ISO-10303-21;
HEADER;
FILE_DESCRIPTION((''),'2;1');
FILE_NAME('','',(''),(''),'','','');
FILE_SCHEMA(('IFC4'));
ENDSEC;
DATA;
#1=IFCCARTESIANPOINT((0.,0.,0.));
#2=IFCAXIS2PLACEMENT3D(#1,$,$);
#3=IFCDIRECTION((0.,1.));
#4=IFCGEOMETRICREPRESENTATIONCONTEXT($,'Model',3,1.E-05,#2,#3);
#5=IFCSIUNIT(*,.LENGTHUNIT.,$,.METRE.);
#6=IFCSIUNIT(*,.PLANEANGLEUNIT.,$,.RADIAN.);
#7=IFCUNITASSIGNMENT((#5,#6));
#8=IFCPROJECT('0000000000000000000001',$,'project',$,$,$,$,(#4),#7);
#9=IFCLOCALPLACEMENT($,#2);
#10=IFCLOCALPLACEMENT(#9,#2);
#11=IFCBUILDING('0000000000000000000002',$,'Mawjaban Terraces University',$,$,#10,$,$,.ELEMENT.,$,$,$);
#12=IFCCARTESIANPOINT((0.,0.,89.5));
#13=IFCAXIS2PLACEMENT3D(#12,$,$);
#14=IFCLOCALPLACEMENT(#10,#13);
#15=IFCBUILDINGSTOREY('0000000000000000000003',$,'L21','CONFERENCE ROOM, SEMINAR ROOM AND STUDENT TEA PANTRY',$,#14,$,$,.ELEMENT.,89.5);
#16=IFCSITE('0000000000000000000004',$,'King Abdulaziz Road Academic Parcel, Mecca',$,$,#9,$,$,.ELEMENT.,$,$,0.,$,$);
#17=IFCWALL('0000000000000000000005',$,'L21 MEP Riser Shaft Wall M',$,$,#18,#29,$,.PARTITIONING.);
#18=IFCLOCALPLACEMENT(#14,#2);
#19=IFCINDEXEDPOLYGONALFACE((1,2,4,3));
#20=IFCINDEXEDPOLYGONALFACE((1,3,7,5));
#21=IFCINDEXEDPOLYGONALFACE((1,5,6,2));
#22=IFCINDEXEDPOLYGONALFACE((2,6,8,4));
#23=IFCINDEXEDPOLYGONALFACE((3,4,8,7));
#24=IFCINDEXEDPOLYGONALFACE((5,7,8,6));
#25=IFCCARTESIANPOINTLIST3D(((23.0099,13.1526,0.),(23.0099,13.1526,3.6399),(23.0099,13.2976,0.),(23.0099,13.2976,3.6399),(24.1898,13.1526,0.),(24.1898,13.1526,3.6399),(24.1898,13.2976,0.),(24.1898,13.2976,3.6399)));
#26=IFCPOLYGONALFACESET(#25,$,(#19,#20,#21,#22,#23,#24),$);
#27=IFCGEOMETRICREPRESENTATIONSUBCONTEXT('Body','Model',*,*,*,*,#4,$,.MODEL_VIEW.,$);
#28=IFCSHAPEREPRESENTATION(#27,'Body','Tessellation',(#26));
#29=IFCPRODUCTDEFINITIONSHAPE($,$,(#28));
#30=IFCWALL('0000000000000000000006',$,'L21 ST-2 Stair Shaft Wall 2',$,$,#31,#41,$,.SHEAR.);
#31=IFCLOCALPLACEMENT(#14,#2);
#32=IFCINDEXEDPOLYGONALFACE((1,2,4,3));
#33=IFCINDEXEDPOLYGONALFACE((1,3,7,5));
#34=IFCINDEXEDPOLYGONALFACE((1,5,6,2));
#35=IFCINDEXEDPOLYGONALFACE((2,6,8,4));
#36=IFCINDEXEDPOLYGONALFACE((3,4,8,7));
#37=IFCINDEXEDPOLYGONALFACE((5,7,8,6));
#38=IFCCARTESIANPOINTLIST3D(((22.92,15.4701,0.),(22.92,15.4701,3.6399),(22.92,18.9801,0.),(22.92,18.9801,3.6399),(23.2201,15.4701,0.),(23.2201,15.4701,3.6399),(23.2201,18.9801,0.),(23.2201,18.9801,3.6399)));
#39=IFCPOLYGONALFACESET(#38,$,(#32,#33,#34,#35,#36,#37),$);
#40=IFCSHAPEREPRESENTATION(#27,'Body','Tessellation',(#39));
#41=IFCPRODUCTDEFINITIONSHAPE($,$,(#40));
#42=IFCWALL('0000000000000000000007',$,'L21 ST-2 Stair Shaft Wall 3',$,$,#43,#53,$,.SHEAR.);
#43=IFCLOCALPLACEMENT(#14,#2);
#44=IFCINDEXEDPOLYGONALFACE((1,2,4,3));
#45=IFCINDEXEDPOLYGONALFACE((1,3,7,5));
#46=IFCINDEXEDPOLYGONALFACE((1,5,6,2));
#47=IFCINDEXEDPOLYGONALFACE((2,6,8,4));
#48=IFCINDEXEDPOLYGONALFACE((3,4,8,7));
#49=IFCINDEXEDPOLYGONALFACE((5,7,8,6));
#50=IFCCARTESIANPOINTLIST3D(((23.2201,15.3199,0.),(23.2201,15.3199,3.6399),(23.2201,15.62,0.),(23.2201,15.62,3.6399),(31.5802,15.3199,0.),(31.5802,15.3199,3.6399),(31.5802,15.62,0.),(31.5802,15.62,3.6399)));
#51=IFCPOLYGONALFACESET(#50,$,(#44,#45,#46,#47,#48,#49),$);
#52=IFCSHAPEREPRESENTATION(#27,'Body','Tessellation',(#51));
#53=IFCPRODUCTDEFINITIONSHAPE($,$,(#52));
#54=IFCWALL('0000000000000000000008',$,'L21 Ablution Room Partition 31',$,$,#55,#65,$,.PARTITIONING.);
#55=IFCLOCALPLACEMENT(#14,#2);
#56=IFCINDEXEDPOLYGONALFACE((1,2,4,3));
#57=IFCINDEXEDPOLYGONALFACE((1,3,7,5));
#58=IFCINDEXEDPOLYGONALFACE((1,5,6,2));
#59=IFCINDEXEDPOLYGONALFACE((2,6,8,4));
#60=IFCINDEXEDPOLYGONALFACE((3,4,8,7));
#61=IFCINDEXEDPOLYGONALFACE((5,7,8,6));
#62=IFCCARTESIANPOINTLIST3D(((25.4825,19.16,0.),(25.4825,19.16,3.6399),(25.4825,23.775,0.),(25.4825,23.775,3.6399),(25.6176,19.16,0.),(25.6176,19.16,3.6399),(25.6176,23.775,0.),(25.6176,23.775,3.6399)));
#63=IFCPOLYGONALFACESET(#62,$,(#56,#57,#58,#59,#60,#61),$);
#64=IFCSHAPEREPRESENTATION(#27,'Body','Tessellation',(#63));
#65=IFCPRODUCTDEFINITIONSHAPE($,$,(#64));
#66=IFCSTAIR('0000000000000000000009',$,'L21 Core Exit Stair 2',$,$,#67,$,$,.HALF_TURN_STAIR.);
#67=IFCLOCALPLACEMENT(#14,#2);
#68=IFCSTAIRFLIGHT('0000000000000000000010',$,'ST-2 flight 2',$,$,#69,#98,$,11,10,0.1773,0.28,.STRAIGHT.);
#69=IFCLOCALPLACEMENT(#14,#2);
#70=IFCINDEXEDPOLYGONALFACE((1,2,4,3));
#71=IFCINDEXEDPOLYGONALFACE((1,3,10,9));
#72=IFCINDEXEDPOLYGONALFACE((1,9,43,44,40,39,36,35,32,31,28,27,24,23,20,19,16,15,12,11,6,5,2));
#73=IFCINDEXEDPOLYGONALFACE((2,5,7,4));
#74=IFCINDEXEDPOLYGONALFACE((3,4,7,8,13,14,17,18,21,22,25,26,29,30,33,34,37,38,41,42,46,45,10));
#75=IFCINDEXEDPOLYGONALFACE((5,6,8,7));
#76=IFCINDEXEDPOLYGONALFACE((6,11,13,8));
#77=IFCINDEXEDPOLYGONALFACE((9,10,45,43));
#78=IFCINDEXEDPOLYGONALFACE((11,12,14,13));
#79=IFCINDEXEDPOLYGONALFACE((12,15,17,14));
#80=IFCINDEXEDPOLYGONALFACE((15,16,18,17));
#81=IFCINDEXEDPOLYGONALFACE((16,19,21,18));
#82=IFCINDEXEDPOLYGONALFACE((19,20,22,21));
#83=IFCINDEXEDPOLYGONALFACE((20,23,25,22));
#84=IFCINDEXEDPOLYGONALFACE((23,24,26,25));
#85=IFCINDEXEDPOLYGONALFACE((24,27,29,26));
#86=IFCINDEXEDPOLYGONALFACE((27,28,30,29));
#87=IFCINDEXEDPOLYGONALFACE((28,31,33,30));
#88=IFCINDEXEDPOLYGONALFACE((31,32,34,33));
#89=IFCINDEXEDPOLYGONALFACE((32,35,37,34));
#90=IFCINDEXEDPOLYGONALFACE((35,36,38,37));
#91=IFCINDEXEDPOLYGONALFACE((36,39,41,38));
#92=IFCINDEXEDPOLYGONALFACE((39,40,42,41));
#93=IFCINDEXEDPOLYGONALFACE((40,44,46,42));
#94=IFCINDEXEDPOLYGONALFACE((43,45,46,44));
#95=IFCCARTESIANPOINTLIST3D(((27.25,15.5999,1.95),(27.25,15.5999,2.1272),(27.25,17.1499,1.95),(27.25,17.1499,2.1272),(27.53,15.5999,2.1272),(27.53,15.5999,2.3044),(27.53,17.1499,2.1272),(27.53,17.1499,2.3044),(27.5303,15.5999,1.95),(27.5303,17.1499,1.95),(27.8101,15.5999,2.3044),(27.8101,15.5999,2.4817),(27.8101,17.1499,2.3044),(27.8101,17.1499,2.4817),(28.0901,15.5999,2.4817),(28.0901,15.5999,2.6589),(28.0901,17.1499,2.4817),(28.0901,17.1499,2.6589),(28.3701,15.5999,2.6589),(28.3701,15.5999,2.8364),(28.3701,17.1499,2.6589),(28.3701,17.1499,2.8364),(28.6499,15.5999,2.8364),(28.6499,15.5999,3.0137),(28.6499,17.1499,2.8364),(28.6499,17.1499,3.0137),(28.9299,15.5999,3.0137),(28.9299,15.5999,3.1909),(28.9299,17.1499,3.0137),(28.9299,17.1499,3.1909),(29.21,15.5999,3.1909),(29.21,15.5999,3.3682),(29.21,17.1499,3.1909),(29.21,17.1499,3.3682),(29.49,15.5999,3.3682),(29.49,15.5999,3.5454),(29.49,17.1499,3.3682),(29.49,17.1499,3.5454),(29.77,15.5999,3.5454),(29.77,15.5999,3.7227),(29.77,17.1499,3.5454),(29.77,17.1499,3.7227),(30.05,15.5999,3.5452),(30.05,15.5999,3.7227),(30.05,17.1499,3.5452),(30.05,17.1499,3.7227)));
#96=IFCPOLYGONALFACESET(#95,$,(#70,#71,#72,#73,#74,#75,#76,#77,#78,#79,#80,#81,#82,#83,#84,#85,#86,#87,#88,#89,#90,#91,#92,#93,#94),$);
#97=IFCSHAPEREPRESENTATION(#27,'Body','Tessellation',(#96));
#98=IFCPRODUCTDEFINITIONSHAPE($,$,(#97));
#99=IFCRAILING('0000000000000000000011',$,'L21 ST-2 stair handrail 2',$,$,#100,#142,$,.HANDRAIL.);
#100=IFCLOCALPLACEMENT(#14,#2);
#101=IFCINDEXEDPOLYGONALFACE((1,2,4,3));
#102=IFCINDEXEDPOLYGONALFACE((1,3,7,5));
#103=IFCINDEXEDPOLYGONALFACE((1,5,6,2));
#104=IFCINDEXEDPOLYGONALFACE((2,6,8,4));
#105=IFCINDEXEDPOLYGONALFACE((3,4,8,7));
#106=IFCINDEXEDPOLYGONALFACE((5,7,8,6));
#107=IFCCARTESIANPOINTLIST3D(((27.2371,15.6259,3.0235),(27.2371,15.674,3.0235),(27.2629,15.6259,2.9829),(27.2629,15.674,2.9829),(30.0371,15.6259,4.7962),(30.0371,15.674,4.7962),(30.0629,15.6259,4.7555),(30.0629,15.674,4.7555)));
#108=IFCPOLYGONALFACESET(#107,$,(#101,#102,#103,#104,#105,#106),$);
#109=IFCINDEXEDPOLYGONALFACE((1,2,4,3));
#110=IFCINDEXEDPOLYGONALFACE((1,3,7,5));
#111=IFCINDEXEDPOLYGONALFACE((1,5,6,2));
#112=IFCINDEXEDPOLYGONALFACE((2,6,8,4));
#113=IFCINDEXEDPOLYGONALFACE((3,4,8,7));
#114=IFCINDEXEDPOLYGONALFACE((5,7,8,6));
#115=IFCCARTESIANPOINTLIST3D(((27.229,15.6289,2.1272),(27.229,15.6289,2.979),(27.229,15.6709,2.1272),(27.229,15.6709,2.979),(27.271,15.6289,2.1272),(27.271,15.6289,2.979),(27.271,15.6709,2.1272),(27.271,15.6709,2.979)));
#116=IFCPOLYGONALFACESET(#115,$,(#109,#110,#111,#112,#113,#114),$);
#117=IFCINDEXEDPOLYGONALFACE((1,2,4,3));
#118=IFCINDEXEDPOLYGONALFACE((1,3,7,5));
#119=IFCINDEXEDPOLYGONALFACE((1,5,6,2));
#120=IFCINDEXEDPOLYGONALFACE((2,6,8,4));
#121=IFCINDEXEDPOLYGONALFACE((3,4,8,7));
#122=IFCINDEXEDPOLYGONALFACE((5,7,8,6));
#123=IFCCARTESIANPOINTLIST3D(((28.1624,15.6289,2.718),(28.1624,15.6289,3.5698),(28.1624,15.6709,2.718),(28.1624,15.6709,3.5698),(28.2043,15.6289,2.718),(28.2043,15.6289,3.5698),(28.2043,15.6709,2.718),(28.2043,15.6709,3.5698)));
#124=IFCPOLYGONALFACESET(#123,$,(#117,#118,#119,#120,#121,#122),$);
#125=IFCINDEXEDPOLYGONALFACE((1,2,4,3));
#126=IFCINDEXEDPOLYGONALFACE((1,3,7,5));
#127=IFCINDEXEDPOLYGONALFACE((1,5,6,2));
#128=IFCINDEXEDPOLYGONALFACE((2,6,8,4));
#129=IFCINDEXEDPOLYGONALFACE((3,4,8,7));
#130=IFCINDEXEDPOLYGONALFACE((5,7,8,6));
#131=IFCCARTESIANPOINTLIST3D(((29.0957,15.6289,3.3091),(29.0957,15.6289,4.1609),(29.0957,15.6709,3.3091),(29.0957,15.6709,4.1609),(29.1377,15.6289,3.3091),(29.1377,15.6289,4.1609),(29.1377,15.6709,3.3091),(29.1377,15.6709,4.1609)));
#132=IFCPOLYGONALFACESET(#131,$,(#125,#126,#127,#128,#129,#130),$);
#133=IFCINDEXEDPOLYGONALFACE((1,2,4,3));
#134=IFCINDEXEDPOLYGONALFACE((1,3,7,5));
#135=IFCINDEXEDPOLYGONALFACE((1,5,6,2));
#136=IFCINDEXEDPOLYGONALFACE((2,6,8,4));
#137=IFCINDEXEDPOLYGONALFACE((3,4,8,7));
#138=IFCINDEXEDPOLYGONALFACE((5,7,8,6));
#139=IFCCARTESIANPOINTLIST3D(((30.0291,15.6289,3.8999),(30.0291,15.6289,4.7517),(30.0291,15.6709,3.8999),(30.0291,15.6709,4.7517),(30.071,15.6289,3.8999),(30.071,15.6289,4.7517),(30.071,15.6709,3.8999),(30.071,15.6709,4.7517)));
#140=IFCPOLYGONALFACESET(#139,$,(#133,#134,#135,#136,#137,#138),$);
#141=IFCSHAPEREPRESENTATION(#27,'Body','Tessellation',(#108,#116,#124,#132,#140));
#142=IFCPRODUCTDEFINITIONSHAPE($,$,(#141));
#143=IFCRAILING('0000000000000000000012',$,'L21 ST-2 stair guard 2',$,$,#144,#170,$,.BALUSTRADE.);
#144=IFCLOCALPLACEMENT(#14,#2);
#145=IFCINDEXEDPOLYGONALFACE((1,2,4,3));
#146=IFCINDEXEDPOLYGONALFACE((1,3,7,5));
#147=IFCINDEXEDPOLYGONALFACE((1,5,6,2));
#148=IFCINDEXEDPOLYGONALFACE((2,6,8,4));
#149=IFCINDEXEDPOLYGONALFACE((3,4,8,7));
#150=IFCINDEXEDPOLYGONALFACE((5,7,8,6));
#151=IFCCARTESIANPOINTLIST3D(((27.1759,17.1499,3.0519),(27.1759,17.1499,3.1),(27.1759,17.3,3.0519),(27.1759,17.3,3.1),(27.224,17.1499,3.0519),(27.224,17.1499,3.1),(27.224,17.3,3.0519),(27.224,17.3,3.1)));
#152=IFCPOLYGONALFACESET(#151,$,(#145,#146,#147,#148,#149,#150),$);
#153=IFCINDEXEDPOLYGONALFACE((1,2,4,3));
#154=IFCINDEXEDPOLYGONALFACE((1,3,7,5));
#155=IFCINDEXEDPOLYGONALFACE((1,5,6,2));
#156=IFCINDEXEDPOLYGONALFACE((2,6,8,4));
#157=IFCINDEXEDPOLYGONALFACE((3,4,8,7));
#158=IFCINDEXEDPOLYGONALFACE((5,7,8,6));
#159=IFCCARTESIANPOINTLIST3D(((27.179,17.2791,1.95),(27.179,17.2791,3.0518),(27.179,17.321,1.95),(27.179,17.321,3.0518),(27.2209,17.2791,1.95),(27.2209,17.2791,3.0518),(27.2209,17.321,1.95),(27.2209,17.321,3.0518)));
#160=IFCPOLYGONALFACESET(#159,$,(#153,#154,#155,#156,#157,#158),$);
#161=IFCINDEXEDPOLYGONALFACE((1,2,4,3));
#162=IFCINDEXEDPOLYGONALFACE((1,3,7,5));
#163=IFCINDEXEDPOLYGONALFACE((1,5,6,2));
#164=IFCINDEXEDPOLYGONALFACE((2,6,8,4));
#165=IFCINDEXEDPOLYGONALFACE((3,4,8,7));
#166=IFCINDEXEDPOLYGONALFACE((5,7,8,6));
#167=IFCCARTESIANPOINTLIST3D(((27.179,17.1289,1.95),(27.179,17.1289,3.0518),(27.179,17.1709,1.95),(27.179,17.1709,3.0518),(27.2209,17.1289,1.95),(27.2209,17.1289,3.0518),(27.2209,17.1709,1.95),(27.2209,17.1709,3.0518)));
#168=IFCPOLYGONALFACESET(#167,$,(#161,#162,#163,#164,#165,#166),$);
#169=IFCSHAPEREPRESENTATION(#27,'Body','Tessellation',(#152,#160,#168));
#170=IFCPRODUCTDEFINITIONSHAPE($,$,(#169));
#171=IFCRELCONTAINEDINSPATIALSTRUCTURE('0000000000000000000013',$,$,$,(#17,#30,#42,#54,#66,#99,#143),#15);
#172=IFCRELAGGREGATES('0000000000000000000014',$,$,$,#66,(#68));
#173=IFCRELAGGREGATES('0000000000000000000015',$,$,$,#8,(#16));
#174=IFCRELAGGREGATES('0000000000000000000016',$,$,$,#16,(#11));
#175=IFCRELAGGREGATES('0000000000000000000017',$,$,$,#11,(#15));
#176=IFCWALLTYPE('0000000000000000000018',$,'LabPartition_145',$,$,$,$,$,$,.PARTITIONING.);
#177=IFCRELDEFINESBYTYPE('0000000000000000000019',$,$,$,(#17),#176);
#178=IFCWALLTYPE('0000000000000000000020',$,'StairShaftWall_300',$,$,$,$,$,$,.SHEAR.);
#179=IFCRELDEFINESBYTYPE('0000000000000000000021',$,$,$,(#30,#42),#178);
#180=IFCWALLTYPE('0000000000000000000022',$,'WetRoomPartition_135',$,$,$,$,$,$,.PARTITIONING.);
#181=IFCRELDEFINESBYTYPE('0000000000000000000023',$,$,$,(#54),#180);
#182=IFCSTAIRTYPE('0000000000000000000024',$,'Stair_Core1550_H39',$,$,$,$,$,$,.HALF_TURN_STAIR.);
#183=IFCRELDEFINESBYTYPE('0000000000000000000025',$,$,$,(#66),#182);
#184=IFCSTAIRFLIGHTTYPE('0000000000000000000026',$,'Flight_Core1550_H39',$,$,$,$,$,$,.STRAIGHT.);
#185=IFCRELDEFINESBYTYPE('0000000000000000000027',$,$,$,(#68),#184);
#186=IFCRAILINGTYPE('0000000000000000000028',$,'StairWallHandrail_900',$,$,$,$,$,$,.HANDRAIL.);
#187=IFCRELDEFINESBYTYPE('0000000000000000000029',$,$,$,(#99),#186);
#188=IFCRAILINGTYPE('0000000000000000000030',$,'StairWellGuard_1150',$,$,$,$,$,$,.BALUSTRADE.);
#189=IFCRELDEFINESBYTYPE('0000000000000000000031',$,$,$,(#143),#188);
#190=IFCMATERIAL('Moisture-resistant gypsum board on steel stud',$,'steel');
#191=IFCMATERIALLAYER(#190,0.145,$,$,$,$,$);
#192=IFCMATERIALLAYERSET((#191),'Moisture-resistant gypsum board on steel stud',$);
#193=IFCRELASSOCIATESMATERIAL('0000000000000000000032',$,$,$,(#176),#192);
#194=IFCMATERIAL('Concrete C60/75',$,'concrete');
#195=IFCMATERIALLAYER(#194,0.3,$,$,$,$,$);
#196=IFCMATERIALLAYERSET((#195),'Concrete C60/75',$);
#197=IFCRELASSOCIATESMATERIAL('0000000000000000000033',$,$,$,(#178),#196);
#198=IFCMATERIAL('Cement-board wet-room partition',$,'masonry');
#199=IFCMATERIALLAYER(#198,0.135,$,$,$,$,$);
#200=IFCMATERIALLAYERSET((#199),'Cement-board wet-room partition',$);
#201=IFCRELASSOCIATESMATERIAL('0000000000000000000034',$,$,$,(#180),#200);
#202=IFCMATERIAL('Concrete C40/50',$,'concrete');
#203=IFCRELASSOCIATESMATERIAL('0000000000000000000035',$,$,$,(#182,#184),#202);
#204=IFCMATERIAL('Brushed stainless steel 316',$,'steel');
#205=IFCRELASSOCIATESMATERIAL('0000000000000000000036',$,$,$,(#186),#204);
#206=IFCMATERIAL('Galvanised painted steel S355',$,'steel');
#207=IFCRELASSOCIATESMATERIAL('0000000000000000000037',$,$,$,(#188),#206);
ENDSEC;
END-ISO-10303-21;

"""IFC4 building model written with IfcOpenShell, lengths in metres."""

from ifc_helpers import new_model, si_unit, direction, frame, frame_2d, origin, origin_2d, place, context, subcontext, project, spatial, polyline, rectangle, outline, extrude, material, layer, layer_set, type_object, element, aggregate, save


model = new_model("IFC4")

# Units and contexts
model_context = context("Model", 3, precision=1e-05, world=origin(), true_north=direction((0.0, 1.0)))
body_context = subcontext(model_context, "Body", "Model", "MODEL_VIEW")
ifc_project = project(units=[si_unit("LENGTHUNIT", "METRE"), si_unit("PLANEANGLEUNIT", "RADIAN")], contexts=[model_context])

# Site, building, storey
site_placement = place(None, origin())
site = spatial("IfcSite", under=ifc_project, at=site_placement, Name="King Abdulaziz Road Academic Parcel, Mecca", CompositionType="ELEMENT", RefElevation=0.0)
building_placement = place(site_placement, origin())
building = spatial("IfcBuilding", under=site, at=building_placement, Name="Mawjaban Terraces University", CompositionType="ELEMENT")
storey_placement = place(building_placement, frame((0.0, 0.0, 89.5)))
storey = spatial("IfcBuildingStorey", under=building, at=storey_placement, Name="L21", Description="CONFERENCE ROOM, SEMINAR ROOM AND STUDENT TEA PANTRY", CompositionType="ELEMENT", Elevation=89.5)

# Shared definitions
ifc_material_1 = material(Name="Concrete C40/50", Category="concrete")

# Walls
ifc_material_2 = material(Name="Moisture-resistant gypsum board on steel stud", Category="steel")
ifc_layer_1 = layer(ifc_material_2, 0.145)
ifc_layer_set_1 = layer_set([ifc_layer_1], Name="Moisture-resistant gypsum board on steel stud")
wall_type_1 = type_object("IfcWallType", Name="LabPartition_145", PredefinedType="PARTITIONING", material=ifc_layer_set_1)
wall_1_placement = place(storey_placement, frame((23.01, 13.2251, 0.0), z_axis=(0.0, 0.0, 1.0), x_axis=(1.0, 0.0, 0.0)))
element("IfcWall", 1, at=wall_1_placement, inside=storey, type_object=wall_type_1, Name="L21 MEP Riser Shaft Wall M", PredefinedType="PARTITIONING", context=body_context, shape_type="SweptSolid", body=[
    extrude(rectangle(XDim=1.1799, YDim=0.145, at=frame_2d((0.5898, 0.0))), origin(), (0.0, 0.0, 1.0), 3.6399),
])
ifc_material_3 = material(Name="Concrete C60/75", Category="concrete")
ifc_layer_2 = layer(ifc_material_3, 0.3)
ifc_layer_set_2 = layer_set([ifc_layer_2], Name="Concrete C60/75")
wall_type_2 = type_object("IfcWallType", Name="StairShaftWall_300", PredefinedType="SHEAR", material=ifc_layer_set_2)
wall_2_placement = place(storey_placement, frame((23.0701, 18.98, 0.0), z_axis=(0.0, 0.0, 1.0), x_axis=(0.0, -1.0, 0.0)))
element("IfcWall", 2, at=wall_2_placement, inside=storey, type_object=wall_type_2, Name="L21 ST-2 Stair Shaft Wall 2", PredefinedType="SHEAR", context=body_context, shape_type="SweptSolid", body=[
    extrude(rectangle(XDim=3.51, YDim=0.3, at=frame_2d((1.7549, 0.0))), origin(), (0.0, 0.0, 1.0), 3.6399),
])
wall_3_placement = place(storey_placement, frame((23.22, 15.47, 0.0), z_axis=(0.0, 0.0, 1.0), x_axis=(1.0, 0.0, 0.0)))
element("IfcWall", 3, at=wall_3_placement, inside=storey, type_object=wall_type_2, Name="L21 ST-2 Stair Shaft Wall 3", PredefinedType="SHEAR", context=body_context, shape_type="SweptSolid", body=[
    extrude(rectangle(XDim=8.3601, YDim=0.3, at=frame_2d((4.1802, 0.0))), origin(), (0.0, 0.0, 1.0), 3.6399),
])
ifc_material_4 = material(Name="Cement-board wet-room partition", Category="masonry")
ifc_layer_3 = layer(ifc_material_4, 0.135)
ifc_layer_set_3 = layer_set([ifc_layer_3], Name="Cement-board wet-room partition")
wall_type_3 = type_object("IfcWallType", Name="WetRoomPartition_135", PredefinedType="PARTITIONING", material=ifc_layer_set_3)
wall_4_placement = place(storey_placement, frame((25.55, 19.1599, 0.0), z_axis=(0.0, 0.0, 1.0), x_axis=(0.0, 1.0, 0.0)))
element("IfcWall", 4, at=wall_4_placement, inside=storey, type_object=wall_type_3, Name="L21 Ablution Room Partition 31", PredefinedType="PARTITIONING", context=body_context, shape_type="SweptSolid", body=[
    extrude(rectangle(XDim=4.615, YDim=0.135, at=frame_2d((2.3076, 0.0))), origin(), (0.0, 0.0, 1.0), 3.6399),
])

# Stair, stair flight
stair_type = type_object("IfcStairType", Name="Stair_Core1550_H39", PredefinedType="HALF_TURN_STAIR", material=ifc_material_1)
stair_placement = place(storey_placement, origin())
stair = element("IfcStair", 5, at=stair_placement, inside=storey, type_object=stair_type, Name="L21 Core Exit Stair 2", PredefinedType="HALF_TURN_STAIR")
stair_flight_type = type_object("IfcStairFlightType", Name="Flight_Core1550_H39", PredefinedType="STRAIGHT", material=ifc_material_1)
stair_flight_placement = place(storey_placement, frame((27.25, 16.375, 1.95), z_axis=(0.0, 0.0, 1.0), x_axis=(1.0, 0.0, 0.0)))
stair_flight = element("IfcStairFlight", 6, at=stair_flight_placement, type_object=stair_flight_type, Name="ST-2 flight 2", NumberOfRisers=11, NumberOfTreads=10, PredefinedType="STRAIGHT", RiserHeight=0.1773, TreadLength=0.28, context=body_context, shape_type="SweptSolid", body=[
    extrude(outline(polyline([(0.0, 0.0), (0.0, 0.1772), (0.28, 0.1772), (0.28, 0.3545), (0.5601, 0.3545), (0.5601, 0.5317), (0.8401, 0.5317), (0.8401, 0.709), (1.1201, 0.709), (1.1201, 0.8865), (1.3999, 0.8865), (1.3999, 1.0637), (1.6799, 1.0637), (1.6799, 1.241), (1.96, 1.241), (1.96, 1.4182), (2.24, 1.4182), (2.24, 1.5955), (2.52, 1.5955), (2.52, 1.7727), (2.8, 1.7727), (2.8, 1.95), (2.8, 1.5952), (0.2803, 0.0), (0.0, 0.0)])), frame((0.0, 0.7749, 0.0), z_axis=(0.0, -1.0, 0.0), x_axis=(1.0, 0.0, 0.0)), (0.0, 0.0, 1.0), 1.55),
])
aggregate(stair, [stair_flight])

# Railings
ifc_material_5 = material(Name="Brushed stainless steel 316", Category="steel")
railing_type_1 = type_object("IfcRailingType", Name="StairWallHandrail_900", PredefinedType="HANDRAIL", material=ifc_material_5)
railing_1_placement = place(storey_placement, frame((27.25, 15.6499, 2.1272)))
element("IfcRailing", 7, at=railing_1_placement, inside=storey, type_object=railing_type_1, Name="L21 ST-2 stair handrail 2", PredefinedType="HANDRAIL", context=body_context, shape_type="SweptSolid", body=[
    extrude(rectangle(XDim=0.0481, YDim=0.0481, at=origin_2d()), frame((0.0, 0.0, 0.876), z_axis=(0.844909, 0.0, 0.53491), x_axis=(0.0, 1.0, 0.0)), (0.0, 0.0, 1.0), 3.314),
    extrude(rectangle(XDim=0.042, YDim=0.042, at=origin_2d()), origin(), (0.0, 0.0, 1.0), 0.8518),
    extrude(rectangle(XDim=0.042, YDim=0.042, at=origin_2d()), frame((0.9333, 0.0, 0.5908)), (0.0, 0.0, 1.0), 0.8518),
    extrude(rectangle(XDim=0.042, YDim=0.042, at=origin_2d()), frame((1.8667, 0.0, 1.1819)), (0.0, 0.0, 1.0), 0.8518),
    extrude(rectangle(XDim=0.042, YDim=0.042, at=origin_2d()), frame((2.8, 0.0, 1.7727)), (0.0, 0.0, 1.0), 0.8518),
])
ifc_material_6 = material(Name="Galvanised painted steel S355", Category="steel")
railing_type_2 = type_object("IfcRailingType", Name="StairWellGuard_1150", PredefinedType="BALUSTRADE", material=ifc_material_6)
railing_2_placement = place(storey_placement, frame((27.2, 17.3, 1.95)))
element("IfcRailing", 8, at=railing_2_placement, inside=storey, type_object=railing_type_2, Name="L21 ST-2 stair guard 2", PredefinedType="BALUSTRADE", context=body_context, shape_type="SweptSolid", body=[
    extrude(rectangle(XDim=0.0481, YDim=0.0481, at=origin_2d()), frame((0.0, 0.0, 1.126), z_axis=(0.0, -1.0, 0.0), x_axis=(1.0, 0.0, 0.0)), (0.0, 0.0, 1.0), 0.1501),
    extrude(rectangle(XDim=0.042, YDim=0.042, at=origin_2d()), origin(), (0.0, 0.0, 1.0), 1.1018),
    extrude(rectangle(XDim=0.042, YDim=0.042, at=origin_2d()), frame((0.0, -0.1501, 0.0)), (0.0, 0.0, 1.0), 1.1018),
])

save(model, "model.ifc")
